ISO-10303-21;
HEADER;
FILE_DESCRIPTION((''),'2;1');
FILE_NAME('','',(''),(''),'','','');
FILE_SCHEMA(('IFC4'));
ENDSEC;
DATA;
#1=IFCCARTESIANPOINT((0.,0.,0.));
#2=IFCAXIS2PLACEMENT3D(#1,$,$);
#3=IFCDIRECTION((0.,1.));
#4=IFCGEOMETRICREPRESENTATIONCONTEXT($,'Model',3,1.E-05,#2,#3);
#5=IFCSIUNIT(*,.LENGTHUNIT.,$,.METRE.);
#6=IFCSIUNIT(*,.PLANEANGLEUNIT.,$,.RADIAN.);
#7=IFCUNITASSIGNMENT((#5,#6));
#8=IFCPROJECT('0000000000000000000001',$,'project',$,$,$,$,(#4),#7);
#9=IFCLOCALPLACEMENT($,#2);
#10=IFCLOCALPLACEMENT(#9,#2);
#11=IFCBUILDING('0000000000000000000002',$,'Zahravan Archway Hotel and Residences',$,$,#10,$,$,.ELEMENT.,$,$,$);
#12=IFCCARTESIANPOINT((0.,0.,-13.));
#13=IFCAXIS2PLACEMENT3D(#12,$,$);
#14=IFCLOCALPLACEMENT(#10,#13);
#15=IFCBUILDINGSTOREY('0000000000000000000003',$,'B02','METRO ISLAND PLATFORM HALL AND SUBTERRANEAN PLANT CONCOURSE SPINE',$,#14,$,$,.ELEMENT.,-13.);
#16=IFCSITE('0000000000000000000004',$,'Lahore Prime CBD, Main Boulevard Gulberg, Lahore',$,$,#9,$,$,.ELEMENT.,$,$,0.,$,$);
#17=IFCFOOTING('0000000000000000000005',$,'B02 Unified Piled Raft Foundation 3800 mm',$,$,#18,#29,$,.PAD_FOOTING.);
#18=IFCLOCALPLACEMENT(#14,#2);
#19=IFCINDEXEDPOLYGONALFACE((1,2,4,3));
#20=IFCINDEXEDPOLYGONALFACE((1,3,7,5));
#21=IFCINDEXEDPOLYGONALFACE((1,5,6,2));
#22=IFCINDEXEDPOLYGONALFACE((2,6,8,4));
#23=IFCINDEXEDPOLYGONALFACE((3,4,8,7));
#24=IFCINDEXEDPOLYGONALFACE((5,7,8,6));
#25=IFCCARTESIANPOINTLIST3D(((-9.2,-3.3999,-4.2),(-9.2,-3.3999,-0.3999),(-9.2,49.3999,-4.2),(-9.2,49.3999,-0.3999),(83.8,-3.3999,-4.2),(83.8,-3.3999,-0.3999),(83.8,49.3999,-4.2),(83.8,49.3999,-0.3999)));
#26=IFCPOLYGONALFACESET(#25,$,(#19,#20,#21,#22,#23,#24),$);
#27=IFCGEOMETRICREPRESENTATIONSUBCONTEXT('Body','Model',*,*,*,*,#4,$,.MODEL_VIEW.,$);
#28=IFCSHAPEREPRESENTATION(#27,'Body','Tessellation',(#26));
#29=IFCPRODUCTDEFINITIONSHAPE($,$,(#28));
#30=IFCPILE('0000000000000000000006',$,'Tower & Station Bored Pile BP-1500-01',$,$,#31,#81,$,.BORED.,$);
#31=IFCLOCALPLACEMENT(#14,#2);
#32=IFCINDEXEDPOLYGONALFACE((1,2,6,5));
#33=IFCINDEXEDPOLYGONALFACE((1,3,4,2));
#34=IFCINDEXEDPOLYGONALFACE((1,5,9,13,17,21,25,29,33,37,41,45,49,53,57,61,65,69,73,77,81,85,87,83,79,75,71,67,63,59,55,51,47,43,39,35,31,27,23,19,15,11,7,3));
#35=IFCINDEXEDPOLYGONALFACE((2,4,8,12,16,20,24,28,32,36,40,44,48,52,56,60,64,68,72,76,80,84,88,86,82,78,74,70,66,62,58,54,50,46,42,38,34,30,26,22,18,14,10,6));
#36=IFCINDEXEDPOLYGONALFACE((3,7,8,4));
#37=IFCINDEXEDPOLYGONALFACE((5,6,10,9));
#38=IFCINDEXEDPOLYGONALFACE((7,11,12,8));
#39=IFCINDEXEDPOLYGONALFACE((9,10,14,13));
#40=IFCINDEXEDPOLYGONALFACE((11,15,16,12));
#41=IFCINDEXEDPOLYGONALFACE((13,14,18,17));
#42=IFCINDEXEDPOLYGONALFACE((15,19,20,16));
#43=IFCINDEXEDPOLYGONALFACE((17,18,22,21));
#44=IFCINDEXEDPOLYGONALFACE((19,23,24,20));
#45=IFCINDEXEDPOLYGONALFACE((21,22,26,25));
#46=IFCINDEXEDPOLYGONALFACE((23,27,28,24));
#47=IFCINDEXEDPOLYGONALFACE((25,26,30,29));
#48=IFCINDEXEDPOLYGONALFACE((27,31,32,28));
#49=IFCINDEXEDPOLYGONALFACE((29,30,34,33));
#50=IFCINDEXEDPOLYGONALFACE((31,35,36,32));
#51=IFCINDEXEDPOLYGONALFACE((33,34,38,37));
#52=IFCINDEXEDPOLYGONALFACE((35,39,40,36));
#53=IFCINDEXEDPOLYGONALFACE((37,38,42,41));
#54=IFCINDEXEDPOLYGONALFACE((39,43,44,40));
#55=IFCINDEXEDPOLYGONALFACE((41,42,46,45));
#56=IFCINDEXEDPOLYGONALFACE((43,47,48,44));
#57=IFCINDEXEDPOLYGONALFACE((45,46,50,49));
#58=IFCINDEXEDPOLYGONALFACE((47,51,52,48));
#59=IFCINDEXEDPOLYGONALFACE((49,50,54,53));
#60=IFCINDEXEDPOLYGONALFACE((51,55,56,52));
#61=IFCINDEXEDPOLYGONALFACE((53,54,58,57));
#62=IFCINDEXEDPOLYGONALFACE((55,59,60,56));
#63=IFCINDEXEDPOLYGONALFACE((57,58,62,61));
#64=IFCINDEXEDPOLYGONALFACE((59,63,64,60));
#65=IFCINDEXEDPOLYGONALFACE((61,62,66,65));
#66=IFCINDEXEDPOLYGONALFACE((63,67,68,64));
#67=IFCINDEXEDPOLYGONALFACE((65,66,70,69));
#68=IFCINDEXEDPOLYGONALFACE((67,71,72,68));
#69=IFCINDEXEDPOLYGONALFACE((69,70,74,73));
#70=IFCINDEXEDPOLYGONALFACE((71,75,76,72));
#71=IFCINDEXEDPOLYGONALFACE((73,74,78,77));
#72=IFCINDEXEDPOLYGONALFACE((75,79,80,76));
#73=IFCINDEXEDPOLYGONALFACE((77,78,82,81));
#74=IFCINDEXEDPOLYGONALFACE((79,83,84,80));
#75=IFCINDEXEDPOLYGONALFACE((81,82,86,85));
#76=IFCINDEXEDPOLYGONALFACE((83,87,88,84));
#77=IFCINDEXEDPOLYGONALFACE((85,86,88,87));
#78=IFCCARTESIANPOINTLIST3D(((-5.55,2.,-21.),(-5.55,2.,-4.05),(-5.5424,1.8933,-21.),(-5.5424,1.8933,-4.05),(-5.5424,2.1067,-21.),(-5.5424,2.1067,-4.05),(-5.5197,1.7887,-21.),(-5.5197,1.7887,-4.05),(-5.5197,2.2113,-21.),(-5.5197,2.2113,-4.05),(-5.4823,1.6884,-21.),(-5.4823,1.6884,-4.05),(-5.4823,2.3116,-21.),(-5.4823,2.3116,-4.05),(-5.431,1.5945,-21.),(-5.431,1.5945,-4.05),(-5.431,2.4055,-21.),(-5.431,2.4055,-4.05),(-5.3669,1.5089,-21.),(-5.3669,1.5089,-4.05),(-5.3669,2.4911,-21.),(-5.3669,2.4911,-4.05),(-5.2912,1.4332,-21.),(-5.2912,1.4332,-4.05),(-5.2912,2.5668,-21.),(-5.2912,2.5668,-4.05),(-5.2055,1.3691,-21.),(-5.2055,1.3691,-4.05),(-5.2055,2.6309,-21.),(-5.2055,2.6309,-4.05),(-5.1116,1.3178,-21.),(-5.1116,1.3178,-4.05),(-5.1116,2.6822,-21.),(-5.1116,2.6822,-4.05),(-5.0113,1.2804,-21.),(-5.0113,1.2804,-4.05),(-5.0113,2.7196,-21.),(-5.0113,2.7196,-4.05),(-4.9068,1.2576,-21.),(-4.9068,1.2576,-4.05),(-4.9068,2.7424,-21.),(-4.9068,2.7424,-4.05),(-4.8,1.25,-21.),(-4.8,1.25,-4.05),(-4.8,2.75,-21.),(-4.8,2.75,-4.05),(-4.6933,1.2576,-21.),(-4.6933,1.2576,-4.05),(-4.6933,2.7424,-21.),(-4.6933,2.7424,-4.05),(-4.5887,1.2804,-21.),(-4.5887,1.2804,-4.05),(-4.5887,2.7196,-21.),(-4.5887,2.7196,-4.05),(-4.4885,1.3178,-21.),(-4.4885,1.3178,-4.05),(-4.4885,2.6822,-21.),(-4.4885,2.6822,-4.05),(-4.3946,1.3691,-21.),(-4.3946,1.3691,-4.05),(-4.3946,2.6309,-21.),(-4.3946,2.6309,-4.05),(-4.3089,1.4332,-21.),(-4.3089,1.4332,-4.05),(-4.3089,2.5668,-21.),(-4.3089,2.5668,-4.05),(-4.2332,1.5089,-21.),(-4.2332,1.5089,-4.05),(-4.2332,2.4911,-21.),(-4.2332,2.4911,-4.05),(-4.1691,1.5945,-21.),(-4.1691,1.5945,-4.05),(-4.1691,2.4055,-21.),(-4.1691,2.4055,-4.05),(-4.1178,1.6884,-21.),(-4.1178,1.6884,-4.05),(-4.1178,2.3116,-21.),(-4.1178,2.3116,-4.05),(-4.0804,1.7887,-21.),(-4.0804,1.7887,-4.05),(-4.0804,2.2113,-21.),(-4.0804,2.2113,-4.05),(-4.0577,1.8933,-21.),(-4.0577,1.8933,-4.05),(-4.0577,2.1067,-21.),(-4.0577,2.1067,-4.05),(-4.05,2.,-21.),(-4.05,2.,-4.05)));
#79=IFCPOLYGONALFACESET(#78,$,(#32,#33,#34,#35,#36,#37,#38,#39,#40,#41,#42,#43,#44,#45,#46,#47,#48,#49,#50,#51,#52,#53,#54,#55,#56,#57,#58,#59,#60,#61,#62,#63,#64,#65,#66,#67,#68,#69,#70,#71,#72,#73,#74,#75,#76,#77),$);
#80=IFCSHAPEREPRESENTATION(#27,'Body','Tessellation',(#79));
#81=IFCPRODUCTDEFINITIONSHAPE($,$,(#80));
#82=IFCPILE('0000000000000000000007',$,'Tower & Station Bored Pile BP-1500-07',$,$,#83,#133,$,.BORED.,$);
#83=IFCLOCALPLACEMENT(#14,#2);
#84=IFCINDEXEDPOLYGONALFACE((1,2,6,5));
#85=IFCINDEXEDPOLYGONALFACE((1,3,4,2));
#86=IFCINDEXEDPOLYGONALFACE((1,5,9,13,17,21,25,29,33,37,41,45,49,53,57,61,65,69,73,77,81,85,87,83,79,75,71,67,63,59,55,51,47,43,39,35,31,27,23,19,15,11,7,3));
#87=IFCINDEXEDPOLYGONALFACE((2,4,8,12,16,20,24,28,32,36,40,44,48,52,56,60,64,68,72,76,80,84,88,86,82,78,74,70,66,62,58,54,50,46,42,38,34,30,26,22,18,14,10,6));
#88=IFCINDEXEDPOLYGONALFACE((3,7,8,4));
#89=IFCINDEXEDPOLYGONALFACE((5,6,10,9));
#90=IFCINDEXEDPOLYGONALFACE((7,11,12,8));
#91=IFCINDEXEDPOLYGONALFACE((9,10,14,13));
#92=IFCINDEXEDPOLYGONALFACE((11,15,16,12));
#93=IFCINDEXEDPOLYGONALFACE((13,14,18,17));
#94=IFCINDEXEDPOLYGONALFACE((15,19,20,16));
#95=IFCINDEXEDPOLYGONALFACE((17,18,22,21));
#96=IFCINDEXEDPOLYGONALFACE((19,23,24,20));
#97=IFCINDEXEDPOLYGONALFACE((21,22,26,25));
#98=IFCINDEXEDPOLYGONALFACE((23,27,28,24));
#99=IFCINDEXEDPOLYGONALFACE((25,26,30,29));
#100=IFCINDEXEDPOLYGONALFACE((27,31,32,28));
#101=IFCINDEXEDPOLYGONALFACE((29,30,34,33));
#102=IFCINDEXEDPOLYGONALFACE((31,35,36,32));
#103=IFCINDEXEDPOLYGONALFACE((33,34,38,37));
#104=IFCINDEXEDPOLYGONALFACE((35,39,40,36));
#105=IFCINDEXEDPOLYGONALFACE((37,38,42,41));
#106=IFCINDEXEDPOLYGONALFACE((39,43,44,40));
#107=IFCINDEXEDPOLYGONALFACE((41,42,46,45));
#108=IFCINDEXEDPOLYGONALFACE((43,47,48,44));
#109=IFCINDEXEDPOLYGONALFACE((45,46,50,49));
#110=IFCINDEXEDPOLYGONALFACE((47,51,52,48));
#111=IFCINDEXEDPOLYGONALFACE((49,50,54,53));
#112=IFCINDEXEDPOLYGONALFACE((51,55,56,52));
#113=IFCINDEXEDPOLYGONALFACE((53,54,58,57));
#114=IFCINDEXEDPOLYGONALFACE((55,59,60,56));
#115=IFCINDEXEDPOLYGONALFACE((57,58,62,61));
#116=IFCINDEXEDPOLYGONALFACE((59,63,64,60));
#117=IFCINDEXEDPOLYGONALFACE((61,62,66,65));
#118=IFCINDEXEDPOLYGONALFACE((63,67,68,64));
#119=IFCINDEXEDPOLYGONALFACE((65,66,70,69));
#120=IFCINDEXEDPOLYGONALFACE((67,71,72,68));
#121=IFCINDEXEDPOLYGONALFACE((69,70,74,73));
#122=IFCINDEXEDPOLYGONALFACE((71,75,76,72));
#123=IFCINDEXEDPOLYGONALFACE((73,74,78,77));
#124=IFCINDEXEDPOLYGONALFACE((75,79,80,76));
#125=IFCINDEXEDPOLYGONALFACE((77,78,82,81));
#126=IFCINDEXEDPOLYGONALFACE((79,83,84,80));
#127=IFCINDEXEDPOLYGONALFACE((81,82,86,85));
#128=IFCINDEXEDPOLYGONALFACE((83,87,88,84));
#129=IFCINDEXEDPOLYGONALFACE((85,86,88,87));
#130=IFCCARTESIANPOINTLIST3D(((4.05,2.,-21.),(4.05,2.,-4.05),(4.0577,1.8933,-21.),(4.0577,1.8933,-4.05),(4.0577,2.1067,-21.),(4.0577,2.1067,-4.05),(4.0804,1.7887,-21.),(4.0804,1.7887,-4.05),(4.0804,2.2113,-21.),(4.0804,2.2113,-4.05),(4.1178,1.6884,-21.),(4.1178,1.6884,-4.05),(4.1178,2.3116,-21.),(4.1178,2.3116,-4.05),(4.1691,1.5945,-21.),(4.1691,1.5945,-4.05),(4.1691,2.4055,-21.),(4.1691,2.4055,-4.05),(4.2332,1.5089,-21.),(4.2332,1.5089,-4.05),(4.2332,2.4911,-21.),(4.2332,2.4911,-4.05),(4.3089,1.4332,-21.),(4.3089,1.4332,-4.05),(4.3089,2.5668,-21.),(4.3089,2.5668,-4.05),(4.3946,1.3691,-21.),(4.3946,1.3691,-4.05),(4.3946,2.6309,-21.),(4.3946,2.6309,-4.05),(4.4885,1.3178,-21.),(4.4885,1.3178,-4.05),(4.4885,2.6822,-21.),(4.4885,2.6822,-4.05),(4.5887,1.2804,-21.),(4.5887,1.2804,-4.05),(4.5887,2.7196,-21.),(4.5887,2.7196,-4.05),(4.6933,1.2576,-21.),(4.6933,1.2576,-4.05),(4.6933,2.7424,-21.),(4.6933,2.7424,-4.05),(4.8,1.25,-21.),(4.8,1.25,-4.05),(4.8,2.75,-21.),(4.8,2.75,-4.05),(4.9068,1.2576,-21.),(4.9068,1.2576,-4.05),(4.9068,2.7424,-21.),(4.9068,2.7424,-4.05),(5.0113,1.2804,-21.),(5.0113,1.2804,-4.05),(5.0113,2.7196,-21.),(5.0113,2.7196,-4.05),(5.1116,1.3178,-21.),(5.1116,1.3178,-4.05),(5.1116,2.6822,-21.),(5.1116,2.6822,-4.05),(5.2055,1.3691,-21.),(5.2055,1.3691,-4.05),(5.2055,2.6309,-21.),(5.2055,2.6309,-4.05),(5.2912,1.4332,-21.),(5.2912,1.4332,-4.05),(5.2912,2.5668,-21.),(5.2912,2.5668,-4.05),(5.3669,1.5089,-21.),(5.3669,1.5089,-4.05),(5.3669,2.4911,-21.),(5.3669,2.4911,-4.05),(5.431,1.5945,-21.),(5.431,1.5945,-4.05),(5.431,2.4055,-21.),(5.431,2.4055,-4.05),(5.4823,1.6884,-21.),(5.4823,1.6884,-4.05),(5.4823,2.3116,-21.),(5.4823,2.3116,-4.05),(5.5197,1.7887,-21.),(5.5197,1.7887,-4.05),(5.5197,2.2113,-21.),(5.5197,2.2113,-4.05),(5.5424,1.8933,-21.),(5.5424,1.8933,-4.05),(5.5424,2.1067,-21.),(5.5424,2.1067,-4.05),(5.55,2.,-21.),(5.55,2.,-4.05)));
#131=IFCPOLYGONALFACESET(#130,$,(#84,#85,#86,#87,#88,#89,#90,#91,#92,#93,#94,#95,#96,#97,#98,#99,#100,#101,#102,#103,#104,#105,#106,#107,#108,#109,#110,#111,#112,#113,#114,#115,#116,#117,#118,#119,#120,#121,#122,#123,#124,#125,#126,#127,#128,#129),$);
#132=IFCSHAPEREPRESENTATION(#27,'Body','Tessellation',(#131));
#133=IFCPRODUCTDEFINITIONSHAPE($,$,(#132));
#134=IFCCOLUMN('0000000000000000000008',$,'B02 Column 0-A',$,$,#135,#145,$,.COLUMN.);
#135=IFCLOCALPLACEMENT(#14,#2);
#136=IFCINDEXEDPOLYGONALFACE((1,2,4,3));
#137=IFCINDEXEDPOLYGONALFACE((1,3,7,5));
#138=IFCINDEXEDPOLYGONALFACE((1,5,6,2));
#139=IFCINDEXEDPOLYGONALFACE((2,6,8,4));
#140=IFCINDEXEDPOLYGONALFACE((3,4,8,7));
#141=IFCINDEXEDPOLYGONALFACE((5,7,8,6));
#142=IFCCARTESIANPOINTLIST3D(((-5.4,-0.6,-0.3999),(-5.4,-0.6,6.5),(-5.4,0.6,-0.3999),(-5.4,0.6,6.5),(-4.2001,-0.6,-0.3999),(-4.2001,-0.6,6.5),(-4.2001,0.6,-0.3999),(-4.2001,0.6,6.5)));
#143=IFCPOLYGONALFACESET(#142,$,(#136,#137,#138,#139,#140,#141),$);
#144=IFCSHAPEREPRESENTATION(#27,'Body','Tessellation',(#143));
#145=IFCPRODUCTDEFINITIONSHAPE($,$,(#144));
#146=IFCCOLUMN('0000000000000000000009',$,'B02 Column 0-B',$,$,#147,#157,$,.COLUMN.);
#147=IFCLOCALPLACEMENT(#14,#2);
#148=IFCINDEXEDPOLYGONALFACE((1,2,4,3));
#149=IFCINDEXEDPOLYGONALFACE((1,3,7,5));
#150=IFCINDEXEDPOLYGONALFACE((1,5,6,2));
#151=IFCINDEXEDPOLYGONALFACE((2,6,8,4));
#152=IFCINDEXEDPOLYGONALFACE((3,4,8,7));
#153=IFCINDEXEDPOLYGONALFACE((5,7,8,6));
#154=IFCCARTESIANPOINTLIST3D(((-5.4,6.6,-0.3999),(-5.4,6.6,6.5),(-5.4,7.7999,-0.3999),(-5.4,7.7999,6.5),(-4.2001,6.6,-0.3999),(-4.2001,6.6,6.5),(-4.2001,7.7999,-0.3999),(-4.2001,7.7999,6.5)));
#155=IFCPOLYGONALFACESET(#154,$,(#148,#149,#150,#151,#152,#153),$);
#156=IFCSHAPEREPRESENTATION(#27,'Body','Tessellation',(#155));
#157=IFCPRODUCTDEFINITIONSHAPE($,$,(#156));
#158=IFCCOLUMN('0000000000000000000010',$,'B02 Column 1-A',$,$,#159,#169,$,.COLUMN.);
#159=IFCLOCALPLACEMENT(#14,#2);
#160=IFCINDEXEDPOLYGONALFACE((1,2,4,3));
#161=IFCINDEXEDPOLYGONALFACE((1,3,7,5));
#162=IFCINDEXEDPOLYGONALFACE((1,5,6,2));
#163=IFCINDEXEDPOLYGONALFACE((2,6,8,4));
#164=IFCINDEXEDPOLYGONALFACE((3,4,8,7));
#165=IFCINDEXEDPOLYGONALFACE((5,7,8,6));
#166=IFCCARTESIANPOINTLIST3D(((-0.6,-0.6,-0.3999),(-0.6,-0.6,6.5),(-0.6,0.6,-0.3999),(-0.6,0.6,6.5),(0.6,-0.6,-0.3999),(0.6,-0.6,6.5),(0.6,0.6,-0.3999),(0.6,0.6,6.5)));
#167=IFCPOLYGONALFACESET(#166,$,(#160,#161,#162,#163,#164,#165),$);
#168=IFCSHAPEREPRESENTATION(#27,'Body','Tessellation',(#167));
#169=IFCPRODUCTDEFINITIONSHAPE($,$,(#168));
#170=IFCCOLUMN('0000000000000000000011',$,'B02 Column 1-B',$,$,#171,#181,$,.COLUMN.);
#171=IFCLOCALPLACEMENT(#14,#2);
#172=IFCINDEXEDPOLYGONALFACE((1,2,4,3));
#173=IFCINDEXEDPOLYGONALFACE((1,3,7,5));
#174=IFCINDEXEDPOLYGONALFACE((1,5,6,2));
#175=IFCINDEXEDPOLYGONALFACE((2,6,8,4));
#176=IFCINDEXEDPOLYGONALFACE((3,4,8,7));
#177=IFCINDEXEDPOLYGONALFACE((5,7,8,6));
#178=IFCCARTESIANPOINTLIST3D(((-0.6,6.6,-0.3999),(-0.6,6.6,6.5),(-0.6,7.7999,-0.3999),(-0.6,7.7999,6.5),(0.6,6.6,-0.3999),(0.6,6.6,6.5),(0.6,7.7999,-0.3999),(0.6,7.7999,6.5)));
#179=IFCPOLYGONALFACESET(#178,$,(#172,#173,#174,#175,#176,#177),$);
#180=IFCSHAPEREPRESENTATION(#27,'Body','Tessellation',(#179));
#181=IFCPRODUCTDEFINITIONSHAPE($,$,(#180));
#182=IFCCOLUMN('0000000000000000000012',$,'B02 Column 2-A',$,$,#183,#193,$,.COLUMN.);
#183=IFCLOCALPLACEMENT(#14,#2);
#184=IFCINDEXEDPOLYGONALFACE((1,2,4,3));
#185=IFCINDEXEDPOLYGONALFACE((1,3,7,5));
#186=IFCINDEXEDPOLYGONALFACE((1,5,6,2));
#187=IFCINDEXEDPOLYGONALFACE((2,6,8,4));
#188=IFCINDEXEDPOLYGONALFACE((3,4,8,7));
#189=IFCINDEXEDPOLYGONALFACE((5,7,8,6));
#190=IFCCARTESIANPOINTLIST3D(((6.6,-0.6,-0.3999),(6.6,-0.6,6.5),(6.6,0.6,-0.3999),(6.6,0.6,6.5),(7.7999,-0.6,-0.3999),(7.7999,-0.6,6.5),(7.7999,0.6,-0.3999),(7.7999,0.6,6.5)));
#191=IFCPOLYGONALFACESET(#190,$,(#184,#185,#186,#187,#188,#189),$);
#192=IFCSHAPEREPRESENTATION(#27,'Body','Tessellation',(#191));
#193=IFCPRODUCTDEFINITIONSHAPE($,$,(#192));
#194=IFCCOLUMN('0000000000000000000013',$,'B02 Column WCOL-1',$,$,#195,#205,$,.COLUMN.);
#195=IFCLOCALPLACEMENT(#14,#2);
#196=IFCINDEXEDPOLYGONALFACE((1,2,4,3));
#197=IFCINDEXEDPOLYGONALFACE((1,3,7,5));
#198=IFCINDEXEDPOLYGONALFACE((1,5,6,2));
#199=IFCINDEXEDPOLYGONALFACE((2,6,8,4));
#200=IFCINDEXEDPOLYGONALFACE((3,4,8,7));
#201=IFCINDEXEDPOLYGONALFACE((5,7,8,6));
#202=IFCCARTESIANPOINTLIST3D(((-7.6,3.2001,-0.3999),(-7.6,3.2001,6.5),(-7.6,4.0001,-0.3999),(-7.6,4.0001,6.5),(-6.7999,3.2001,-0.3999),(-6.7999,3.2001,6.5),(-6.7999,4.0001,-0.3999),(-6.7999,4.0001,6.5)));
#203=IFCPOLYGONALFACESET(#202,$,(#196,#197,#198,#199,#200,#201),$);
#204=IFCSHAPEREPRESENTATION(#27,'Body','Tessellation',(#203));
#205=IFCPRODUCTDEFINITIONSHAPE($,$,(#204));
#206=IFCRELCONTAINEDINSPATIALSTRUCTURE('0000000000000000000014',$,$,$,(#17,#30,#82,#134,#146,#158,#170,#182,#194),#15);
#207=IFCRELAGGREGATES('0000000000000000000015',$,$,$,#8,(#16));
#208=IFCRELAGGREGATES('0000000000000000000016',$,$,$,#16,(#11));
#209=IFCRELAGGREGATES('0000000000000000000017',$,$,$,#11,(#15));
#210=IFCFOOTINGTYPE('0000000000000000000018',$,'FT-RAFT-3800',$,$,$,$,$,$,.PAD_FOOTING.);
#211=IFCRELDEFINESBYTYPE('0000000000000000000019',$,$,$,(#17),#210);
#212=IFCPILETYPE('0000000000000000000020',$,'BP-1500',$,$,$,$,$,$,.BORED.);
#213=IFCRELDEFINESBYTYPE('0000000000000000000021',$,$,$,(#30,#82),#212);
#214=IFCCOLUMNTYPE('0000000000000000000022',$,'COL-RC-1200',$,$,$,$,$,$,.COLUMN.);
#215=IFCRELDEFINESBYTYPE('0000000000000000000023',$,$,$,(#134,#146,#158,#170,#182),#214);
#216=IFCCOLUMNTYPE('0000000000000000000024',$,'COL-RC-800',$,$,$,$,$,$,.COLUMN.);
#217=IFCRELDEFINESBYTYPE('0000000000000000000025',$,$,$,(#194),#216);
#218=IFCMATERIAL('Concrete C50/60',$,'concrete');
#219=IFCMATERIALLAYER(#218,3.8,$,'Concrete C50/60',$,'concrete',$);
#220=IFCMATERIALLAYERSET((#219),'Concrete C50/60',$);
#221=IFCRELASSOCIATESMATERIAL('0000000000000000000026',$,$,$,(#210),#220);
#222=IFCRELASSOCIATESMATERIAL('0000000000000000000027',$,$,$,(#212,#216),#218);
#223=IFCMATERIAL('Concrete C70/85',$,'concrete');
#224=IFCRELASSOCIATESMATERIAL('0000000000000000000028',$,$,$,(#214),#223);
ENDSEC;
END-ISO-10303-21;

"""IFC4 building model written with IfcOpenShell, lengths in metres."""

from ifc_helpers import new_model, si_unit, direction, frame, origin, origin_2d, place, context, subcontext, project, spatial, polyline, rectangle, circle, outline, extrude, source, transform, mapped, material, layer, layer_set, material_profile, profile_set, type_object, type_shapes, element, save


model = new_model("IFC4")

# Units and contexts
model_context = context("Model", 3, precision=1e-05, world=origin(), true_north=direction((0.0, 1.0)))
body_context = subcontext(model_context, "Body", "Model", "MODEL_VIEW")
ifc_project = project(units=[si_unit("LENGTHUNIT", "METRE"), si_unit("PLANEANGLEUNIT", "RADIAN")], contexts=[model_context])

# Site, building, storey
site_placement = place(None, origin())
site = spatial("IfcSite", under=ifc_project, at=site_placement, Name="Lahore Prime CBD, Main Boulevard Gulberg, Lahore", CompositionType="ELEMENT", RefElevation=0.0)
building_placement = place(site_placement, origin())
building = spatial("IfcBuilding", under=site, at=building_placement, Name="Zahravan Archway Hotel and Residences", CompositionType="ELEMENT")
storey_placement = place(building_placement, frame((0.0, 0.0, -13.0)))
storey = spatial("IfcBuildingStorey", under=building, at=storey_placement, Name="B02", Description="METRO ISLAND PLATFORM HALL AND SUBTERRANEAN PLANT CONCOURSE SPINE", CompositionType="ELEMENT", Elevation=-13.0)

# Footing
ifc_material_1 = material(Name="Concrete C50/60", Category="concrete")
ifc_layer_1 = layer(ifc_material_1, 3.8, Name="Concrete C50/60", Category="concrete")
ifc_layer_set_1 = layer_set([ifc_layer_1], Name="Concrete C50/60")
footing_type = type_object("IfcFootingType", Name="FT-RAFT-3800", PredefinedType="PAD_FOOTING", material=ifc_layer_set_1)
footing_placement = place(storey_placement, frame((0.0, 0.0, -4.2)))
element("IfcFooting", 1, at=footing_placement, inside=storey, type_object=footing_type, Name="B02 Unified Piled Raft Foundation 3800 mm", PredefinedType="PAD_FOOTING", context=body_context, shape_type="SweptSolid", body=[
    extrude(outline(polyline([(-9.2, -3.3999), (83.8, -3.3999), (83.8, 49.3999), (-9.2, 49.3999), (-9.2, -3.3999)])), origin(), (0.0, 0.0, 1.0), 3.8),
])

# Piles
ifc_material_profile_1 = material_profile(ifc_material_1, circle(Radius=0.75, at=origin_2d()), Name="PILE D1500", Category="concrete")
ifc_profile_set_1 = profile_set([ifc_material_profile_1], Name="Concrete C50/60")
pile_type = type_object("IfcPileType", Name="BP-1500", PredefinedType="BORED", material=ifc_profile_set_1)
shared_shape_1 = source(origin(), body_context, "Body", "SweptSolid", [
    extrude(circle(Radius=0.75, at=origin_2d()), origin(), (0.0, 0.0, 1.0), 16.95),
])
type_shapes(pile_type, [shared_shape_1])
for number, where, z_axis, x_axis, name in (
    (2, (-4.8, 2.0, -4.05), (0.0, 0.0, -1.0), (1.0, 0.0, 0.0), "Tower & Station Bored Pile BP-1500-01"),
    (3, (4.8, 2.0, -4.05), (0.0, 0.0, -1.0), (1.0, 0.0, 0.0), "Tower & Station Bored Pile BP-1500-07"),
):
    element("IfcPile", number, at=place(storey_placement, frame(where, z_axis=z_axis, x_axis=x_axis)), inside=storey, type_object=pile_type, Name=name, PredefinedType="BORED", context=body_context, shape_type="MappedRepresentation", body=[
        mapped(shared_shape_1, transform((0.0, 0.0, 0.0), scale=1.0)),
    ])

# Columns
ifc_material_2 = material(Name="Concrete C70/85", Category="concrete")
ifc_material_profile_2 = material_profile(ifc_material_2, rectangle(XDim=1.2, YDim=1.2, at=origin_2d()), Name="RC-COL-1200x1200", Category="concrete")
ifc_profile_set_2 = profile_set([ifc_material_profile_2], Name="Concrete C70/85")
column_type_1 = type_object("IfcColumnType", Name="COL-RC-1200", PredefinedType="COLUMN", material=ifc_profile_set_2)
shared_shape_2 = source(origin(), body_context, "Body", "SweptSolid", [
    extrude(rectangle(XDim=1.2, YDim=1.2, at=origin_2d()), origin(), (0.0, 0.0, 1.0), 6.8999),
])
type_shapes(column_type_1, [shared_shape_2])
for number, where, z_axis, x_axis, name in (
    (4, (-4.8, 0.0, -0.3999), (0.0, 0.0, 1.0), (1.0, 0.0, 0.0), "B02 Column 0-A"),
    (5, (-4.8, 7.2, -0.3999), (0.0, 0.0, 1.0), (1.0, 0.0, 0.0), "B02 Column 0-B"),
    (6, (0.0, 0.0, -0.3999), (0.0, 0.0, 1.0), (1.0, 0.0, 0.0), "B02 Column 1-A"),
    (7, (0.0, 7.2, -0.3999), (0.0, 0.0, 1.0), (1.0, 0.0, 0.0), "B02 Column 1-B"),
    (8, (7.2, 0.0, -0.3999), (0.0, 0.0, 1.0), (1.0, 0.0, 0.0), "B02 Column 2-A"),
):
    element("IfcColumn", number, at=place(storey_placement, frame(where, z_axis=z_axis, x_axis=x_axis)), inside=storey, type_object=column_type_1, Name=name, PredefinedType="COLUMN", context=body_context, shape_type="MappedRepresentation", body=[
        mapped(shared_shape_2, transform((0.0, 0.0, 0.0), scale=1.0)),
    ])
ifc_material_profile_3 = material_profile(ifc_material_1, rectangle(XDim=0.8, YDim=0.8, at=origin_2d()), Name="RC-COL-800x800", Category="concrete")
ifc_profile_set_3 = profile_set([ifc_material_profile_3], Name="Concrete C50/60")
column_type_2 = type_object("IfcColumnType", Name="COL-RC-800", PredefinedType="COLUMN", material=ifc_profile_set_3)
shared_shape_3 = source(origin(), body_context, "Body", "SweptSolid", [
    extrude(rectangle(XDim=0.8, YDim=0.8, at=origin_2d()), origin(), (0.0, 0.0, 1.0), 6.8999),
])
type_shapes(column_type_2, [shared_shape_3])
for number, where, z_axis, x_axis, name in (
    (9, (-7.2, 3.6001, -0.3999), (0.0, 0.0, 1.0), (1.0, 0.0, 0.0), "B02 Column WCOL-1"),
):
    element("IfcColumn", number, at=place(storey_placement, frame(where, z_axis=z_axis, x_axis=x_axis)), inside=storey, type_object=column_type_2, Name=name, PredefinedType="COLUMN", context=body_context, shape_type="MappedRepresentation", body=[
        mapped(shared_shape_3, transform((0.0, 0.0, 0.0), scale=1.0)),
    ])

save(model, "model.ifc")
